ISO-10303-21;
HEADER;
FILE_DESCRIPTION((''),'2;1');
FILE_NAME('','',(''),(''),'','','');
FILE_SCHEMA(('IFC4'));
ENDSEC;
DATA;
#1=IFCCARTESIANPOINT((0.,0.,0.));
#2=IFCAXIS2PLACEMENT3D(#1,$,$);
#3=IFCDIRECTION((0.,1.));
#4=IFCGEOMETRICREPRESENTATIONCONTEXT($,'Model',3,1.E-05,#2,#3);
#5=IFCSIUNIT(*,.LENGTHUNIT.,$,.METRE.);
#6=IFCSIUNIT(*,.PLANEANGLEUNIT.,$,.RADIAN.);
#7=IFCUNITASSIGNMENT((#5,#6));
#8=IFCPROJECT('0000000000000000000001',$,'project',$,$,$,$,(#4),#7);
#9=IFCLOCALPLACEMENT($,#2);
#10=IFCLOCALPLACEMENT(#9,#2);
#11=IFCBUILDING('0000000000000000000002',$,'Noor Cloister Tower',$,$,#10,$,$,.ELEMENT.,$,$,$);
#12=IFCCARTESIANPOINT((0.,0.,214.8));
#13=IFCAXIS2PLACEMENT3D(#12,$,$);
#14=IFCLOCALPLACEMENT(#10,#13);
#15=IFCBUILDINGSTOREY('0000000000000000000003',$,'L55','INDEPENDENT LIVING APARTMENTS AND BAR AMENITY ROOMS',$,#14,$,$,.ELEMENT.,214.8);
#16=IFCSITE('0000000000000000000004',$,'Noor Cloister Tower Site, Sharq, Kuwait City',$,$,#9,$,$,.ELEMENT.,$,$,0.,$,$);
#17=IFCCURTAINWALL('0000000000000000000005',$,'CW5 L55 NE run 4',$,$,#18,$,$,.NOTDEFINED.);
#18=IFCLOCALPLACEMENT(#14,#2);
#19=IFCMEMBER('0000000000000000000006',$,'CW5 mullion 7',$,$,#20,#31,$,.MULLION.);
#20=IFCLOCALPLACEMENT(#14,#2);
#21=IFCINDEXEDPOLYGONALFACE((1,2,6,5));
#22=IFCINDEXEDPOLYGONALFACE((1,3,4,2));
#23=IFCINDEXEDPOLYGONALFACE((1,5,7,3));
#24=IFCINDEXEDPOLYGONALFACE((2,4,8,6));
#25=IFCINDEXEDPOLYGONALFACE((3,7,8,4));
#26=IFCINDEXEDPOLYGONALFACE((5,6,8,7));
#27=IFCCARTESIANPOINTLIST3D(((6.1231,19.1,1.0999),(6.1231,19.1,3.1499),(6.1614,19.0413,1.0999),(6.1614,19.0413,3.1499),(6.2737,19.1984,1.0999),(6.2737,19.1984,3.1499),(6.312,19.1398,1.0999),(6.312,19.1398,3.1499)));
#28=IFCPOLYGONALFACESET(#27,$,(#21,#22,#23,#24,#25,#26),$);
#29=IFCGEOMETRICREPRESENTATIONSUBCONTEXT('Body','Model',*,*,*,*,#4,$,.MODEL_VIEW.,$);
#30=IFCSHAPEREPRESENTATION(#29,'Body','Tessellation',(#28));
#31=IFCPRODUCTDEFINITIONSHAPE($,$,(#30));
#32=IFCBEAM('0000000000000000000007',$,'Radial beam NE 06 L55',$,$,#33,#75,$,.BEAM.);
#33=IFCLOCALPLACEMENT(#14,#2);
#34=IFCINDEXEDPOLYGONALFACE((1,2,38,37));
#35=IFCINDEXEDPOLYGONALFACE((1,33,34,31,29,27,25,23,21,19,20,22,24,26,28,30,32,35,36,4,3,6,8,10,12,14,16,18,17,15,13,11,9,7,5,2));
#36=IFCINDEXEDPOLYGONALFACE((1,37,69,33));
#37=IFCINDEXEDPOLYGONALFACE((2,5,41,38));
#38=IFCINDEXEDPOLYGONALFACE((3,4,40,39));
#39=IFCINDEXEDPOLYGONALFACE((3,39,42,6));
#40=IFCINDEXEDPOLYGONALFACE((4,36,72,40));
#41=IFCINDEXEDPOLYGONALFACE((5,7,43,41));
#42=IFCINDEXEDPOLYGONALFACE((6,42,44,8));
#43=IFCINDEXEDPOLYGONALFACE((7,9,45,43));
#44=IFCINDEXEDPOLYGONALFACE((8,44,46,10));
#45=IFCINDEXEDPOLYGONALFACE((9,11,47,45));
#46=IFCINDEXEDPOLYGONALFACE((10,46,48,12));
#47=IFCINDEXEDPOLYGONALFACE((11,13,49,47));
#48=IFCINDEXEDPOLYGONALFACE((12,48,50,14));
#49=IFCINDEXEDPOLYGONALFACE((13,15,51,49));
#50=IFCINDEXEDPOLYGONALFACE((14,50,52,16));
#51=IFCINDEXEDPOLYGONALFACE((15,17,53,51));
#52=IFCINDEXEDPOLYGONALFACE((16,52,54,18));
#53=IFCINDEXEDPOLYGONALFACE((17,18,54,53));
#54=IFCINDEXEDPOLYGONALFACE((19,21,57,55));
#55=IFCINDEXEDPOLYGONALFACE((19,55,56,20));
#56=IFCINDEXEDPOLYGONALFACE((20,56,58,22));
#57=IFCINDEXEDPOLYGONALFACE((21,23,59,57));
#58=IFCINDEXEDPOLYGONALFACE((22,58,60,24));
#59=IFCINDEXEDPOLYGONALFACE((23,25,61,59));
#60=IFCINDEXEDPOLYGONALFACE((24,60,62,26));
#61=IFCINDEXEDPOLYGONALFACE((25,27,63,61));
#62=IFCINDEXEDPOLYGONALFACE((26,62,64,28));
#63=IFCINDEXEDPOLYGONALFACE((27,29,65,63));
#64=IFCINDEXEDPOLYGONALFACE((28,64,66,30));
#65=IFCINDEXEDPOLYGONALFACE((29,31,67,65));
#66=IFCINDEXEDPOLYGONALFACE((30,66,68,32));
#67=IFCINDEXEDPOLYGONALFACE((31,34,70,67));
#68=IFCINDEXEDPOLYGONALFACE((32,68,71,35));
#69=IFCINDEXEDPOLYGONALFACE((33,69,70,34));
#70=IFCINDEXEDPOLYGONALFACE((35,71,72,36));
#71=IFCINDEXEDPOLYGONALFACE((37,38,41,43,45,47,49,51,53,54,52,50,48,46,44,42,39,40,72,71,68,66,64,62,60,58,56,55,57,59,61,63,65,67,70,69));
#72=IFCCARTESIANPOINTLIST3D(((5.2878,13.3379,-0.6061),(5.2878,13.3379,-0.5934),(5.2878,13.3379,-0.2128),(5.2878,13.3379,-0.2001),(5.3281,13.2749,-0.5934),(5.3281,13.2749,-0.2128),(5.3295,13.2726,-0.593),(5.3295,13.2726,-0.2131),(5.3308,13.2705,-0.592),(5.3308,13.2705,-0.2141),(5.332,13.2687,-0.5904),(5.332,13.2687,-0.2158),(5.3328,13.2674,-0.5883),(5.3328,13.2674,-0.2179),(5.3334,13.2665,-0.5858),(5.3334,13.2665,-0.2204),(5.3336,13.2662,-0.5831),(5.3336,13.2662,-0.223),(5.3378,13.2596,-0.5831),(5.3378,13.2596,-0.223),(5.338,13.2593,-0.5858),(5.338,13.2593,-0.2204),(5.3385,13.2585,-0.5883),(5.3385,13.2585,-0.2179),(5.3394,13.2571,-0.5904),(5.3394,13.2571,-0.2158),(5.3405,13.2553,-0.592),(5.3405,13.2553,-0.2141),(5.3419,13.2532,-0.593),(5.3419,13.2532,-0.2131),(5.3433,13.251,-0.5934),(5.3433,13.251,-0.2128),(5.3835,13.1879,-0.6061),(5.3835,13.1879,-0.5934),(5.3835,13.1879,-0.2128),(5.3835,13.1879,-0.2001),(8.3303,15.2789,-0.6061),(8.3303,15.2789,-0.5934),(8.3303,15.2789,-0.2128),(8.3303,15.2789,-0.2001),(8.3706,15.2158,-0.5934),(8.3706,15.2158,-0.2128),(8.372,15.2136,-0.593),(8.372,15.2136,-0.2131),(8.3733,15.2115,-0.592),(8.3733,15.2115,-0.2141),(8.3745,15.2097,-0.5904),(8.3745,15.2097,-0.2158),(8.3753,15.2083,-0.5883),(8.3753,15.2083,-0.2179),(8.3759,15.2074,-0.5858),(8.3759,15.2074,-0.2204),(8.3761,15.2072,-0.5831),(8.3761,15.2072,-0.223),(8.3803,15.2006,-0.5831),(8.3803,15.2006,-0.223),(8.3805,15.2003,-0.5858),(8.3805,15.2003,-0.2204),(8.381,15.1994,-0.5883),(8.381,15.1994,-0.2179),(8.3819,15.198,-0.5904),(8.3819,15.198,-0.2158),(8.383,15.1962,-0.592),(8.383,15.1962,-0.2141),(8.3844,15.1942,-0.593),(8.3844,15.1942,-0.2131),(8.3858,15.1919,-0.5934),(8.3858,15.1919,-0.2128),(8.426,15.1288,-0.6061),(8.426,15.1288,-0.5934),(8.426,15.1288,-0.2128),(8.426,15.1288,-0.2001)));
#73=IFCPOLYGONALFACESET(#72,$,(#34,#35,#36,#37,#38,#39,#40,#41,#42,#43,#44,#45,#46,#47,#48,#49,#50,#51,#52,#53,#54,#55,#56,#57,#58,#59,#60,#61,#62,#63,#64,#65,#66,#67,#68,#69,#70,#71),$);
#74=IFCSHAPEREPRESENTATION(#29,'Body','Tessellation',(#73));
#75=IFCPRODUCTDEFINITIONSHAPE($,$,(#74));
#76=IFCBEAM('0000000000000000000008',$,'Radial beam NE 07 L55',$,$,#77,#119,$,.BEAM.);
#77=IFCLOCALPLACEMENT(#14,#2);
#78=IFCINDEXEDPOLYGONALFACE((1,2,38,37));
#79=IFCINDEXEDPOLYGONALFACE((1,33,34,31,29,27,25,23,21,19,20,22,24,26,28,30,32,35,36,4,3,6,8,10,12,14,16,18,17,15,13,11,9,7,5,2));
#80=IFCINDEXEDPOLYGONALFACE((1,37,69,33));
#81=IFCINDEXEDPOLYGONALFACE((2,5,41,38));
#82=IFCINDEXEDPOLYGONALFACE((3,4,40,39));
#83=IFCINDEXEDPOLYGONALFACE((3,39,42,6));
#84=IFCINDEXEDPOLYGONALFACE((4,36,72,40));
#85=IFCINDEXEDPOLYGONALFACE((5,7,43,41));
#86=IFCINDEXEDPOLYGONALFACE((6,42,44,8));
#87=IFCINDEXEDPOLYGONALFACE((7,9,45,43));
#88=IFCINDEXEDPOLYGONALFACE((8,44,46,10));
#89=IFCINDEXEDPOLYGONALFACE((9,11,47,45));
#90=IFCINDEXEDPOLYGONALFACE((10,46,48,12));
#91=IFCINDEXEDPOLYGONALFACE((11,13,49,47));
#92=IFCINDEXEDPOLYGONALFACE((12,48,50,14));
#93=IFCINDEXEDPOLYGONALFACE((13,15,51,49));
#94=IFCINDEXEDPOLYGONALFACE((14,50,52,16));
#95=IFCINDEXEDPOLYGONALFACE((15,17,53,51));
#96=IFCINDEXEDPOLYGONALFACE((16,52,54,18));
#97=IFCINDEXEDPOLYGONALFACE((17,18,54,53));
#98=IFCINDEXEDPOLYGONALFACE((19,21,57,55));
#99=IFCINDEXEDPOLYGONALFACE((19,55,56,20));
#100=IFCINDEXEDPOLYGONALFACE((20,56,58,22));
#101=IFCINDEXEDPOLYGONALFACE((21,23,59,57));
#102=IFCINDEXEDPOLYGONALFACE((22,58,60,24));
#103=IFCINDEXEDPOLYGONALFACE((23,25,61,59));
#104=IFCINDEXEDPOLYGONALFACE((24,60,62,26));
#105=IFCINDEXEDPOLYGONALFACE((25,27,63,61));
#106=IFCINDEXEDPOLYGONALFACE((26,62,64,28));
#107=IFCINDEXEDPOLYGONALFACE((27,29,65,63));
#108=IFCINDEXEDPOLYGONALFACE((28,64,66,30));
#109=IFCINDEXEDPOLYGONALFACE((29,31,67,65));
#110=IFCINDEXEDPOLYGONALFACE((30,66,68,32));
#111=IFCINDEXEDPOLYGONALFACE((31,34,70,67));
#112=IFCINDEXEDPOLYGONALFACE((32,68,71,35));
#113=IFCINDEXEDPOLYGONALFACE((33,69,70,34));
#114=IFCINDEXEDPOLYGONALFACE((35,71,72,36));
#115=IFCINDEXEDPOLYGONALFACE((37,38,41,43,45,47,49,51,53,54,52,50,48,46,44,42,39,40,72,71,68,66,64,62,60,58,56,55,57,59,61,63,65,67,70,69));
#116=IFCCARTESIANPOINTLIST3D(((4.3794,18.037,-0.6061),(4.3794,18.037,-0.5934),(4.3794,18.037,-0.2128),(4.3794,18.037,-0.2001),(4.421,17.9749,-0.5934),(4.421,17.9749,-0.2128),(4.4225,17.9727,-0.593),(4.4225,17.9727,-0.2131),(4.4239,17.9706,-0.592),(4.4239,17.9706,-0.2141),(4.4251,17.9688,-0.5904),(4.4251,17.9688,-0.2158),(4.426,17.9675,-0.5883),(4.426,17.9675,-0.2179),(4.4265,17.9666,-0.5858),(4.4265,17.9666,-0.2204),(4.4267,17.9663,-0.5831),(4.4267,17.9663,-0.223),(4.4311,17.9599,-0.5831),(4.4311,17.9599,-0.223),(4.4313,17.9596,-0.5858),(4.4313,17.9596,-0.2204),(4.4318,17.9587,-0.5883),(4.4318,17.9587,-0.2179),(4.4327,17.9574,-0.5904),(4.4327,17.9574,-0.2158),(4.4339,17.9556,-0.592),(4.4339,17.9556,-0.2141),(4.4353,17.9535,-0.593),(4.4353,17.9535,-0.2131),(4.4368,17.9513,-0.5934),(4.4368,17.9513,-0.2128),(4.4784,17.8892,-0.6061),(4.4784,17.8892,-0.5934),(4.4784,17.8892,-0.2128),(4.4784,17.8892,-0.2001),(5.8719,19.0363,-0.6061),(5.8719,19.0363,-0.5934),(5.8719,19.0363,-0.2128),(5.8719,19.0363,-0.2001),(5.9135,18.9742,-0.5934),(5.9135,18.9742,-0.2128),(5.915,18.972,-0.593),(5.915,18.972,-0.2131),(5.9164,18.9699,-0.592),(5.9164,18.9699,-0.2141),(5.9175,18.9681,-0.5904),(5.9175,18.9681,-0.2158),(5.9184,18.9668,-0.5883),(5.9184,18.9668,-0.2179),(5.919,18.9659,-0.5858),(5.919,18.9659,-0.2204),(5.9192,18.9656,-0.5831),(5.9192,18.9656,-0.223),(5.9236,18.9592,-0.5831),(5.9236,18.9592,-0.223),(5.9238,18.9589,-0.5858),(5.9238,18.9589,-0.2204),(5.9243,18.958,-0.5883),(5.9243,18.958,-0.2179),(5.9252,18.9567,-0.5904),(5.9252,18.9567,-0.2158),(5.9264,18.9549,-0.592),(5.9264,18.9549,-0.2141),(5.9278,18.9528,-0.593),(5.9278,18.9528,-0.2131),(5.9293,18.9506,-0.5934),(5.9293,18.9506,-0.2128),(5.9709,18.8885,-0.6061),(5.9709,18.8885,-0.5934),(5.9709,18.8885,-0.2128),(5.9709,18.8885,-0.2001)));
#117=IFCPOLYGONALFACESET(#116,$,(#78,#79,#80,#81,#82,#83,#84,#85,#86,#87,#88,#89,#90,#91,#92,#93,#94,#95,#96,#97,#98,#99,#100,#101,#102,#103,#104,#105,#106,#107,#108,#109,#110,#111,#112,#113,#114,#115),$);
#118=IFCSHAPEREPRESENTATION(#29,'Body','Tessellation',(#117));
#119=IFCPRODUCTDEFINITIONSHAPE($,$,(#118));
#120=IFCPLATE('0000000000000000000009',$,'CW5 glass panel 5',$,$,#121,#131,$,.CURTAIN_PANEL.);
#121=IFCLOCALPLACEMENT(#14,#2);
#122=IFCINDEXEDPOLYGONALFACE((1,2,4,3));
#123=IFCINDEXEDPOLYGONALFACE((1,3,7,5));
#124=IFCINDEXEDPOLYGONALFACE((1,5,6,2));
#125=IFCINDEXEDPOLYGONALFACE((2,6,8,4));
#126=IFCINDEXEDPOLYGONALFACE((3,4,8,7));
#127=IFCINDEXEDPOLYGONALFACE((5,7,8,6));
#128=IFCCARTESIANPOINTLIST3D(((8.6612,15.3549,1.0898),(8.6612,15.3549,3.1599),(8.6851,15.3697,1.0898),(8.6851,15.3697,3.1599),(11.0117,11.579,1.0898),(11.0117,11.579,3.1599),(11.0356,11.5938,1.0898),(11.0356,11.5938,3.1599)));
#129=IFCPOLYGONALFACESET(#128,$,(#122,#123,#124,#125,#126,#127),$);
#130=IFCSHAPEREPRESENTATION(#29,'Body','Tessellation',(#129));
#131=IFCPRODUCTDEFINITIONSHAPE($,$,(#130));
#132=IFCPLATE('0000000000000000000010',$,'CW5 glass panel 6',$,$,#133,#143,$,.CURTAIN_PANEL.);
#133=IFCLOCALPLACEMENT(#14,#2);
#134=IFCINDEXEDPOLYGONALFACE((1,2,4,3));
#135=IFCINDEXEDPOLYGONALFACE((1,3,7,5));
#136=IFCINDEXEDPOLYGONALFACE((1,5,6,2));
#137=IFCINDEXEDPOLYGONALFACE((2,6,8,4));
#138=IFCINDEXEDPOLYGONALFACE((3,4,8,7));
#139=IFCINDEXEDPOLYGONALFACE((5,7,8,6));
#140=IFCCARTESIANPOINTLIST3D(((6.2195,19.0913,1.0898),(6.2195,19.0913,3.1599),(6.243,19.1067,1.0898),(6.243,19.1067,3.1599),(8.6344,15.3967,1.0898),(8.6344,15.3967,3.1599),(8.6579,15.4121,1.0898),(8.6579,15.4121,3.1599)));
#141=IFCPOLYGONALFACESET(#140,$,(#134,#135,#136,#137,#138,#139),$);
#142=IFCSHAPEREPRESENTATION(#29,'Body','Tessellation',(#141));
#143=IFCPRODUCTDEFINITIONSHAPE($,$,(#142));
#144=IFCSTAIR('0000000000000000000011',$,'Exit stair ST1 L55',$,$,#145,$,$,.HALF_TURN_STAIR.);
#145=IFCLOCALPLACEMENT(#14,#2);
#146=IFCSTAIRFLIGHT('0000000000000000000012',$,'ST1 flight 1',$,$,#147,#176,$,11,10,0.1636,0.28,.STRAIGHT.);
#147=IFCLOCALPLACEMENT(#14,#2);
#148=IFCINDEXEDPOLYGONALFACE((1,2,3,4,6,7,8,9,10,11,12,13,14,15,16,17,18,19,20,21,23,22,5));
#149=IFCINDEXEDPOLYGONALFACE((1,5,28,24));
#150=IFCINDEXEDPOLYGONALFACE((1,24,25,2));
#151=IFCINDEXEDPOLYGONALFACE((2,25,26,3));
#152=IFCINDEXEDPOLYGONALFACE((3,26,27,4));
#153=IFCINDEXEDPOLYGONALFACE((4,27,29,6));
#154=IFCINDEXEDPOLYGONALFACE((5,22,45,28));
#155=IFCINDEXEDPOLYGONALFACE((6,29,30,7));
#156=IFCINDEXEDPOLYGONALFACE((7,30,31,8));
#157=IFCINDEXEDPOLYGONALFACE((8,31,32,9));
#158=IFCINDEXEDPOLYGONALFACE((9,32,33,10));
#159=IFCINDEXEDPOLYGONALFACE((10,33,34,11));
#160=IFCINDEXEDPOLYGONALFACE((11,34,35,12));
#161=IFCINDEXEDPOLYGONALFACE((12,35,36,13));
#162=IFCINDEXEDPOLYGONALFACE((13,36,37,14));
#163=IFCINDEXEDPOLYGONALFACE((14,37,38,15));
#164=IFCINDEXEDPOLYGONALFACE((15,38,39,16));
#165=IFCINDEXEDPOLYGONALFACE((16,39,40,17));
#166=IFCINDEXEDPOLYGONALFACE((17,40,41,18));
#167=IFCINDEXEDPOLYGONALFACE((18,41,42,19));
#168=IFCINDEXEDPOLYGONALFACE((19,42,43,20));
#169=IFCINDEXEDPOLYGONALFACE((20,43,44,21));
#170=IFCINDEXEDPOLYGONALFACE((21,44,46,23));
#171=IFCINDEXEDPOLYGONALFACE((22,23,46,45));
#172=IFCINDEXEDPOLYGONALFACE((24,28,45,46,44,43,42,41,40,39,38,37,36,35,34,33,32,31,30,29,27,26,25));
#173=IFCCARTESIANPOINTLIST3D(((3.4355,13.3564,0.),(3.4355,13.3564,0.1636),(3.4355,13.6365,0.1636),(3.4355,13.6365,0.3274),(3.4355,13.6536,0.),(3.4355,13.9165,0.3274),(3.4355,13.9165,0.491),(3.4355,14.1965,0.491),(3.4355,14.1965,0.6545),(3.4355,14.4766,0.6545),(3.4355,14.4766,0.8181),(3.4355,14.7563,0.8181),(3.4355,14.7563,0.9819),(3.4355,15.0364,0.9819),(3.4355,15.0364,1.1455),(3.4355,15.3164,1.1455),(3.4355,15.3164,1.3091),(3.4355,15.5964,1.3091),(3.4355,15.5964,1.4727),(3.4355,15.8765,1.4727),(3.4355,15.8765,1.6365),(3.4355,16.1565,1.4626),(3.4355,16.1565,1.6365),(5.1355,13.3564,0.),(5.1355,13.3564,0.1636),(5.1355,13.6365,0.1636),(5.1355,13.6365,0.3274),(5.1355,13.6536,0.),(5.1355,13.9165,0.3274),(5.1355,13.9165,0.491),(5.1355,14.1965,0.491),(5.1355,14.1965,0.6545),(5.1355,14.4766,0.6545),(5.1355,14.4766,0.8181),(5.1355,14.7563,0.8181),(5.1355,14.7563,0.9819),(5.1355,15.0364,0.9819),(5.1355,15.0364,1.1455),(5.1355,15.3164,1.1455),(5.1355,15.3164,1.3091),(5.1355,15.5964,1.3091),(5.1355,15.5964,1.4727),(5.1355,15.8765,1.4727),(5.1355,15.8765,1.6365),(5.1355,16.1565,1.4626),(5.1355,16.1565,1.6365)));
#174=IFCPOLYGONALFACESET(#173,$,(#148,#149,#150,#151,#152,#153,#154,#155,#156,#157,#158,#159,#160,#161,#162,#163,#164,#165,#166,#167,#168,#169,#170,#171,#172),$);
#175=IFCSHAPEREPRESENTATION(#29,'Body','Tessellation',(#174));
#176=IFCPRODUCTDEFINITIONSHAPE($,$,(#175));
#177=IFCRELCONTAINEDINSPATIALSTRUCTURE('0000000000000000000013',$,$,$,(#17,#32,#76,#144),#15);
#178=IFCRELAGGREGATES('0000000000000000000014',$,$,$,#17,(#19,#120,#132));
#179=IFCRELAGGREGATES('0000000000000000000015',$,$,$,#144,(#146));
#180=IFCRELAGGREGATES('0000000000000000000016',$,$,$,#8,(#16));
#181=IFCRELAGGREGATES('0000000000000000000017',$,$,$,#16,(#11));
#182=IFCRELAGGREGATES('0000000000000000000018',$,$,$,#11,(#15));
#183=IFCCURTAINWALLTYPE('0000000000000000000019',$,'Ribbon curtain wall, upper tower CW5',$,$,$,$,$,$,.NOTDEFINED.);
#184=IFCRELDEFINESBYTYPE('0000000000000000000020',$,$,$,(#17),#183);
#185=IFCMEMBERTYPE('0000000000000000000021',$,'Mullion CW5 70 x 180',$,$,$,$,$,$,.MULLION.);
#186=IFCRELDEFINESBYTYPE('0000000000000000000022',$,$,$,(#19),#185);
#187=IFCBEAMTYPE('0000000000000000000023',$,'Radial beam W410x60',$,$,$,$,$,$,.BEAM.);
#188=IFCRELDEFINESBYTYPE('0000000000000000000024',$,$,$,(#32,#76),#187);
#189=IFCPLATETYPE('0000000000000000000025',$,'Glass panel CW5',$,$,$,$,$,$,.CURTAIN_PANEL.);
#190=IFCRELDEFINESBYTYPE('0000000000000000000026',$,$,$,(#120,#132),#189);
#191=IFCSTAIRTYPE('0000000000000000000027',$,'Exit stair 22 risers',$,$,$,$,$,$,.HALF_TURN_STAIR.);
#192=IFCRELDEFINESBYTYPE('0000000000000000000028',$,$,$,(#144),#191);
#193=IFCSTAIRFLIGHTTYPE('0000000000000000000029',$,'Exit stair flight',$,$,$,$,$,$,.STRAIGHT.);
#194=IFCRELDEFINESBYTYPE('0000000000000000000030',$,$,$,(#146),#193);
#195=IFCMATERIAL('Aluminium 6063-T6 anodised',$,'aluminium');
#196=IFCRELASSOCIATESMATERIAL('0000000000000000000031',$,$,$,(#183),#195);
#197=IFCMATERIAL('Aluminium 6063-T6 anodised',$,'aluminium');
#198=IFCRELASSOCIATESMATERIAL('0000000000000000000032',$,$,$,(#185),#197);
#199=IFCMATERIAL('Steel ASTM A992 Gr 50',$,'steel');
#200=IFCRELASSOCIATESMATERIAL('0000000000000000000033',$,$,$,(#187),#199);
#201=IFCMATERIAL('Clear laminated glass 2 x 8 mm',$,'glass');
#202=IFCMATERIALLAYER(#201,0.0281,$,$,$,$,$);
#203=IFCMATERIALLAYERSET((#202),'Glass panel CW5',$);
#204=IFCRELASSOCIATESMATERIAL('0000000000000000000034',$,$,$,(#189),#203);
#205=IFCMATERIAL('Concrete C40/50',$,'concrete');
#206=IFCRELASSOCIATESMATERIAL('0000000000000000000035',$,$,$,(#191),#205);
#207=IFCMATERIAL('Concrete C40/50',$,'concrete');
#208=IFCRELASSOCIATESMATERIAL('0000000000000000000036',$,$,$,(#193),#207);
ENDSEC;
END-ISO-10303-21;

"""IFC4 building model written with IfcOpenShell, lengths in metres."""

from ifc_helpers import new_model, si_unit, direction, frame, origin, origin_2d, place, context, subcontext, project, spatial, polyline, rectangle, i_section, outline, extrude, material, layer, layer_set, material_profile, profile_set, type_object, element, aggregate, save


model = new_model("IFC4")

# Units and contexts
model_context = context("Model", 3, precision=1e-05, world=origin(), true_north=direction((0.0, 1.0)))
body_context = subcontext(model_context, "Body", "Model", "MODEL_VIEW")
ifc_project = project(units=[si_unit("LENGTHUNIT", "METRE"), si_unit("PLANEANGLEUNIT", "RADIAN")], contexts=[model_context])

# Site, building, storey
site_placement = place(None, origin())
site = spatial("IfcSite", under=ifc_project, at=site_placement, Name="Noor Cloister Tower Site, Sharq, Kuwait City", CompositionType="ELEMENT", RefElevation=0.0)
building_placement = place(site_placement, origin())
building = spatial("IfcBuilding", under=site, at=building_placement, Name="Noor Cloister Tower", CompositionType="ELEMENT")
storey_placement = place(building_placement, frame((0.0, 0.0, 214.8)))
storey = spatial("IfcBuildingStorey", under=building, at=storey_placement, Name="L55", Description="INDEPENDENT LIVING APARTMENTS AND BAR AMENITY ROOMS", CompositionType="ELEMENT", Elevation=214.8)

# Curtain wall, member
ifc_material_1 = material(Name="Aluminium 6063-T6 anodised", Category="aluminium")
curtain_wall_type = type_object("IfcCurtainWallType", Name="Ribbon curtain wall, upper tower CW5", PredefinedType="NOTDEFINED", material=ifc_material_1)
curtain_wall_placement = place(storey_placement, origin())
curtain_wall = element("IfcCurtainWall", 1, at=curtain_wall_placement, inside=storey, type_object=curtain_wall_type, Name="CW5 L55 NE run 4", PredefinedType="NOTDEFINED")
ifc_material_2 = material(Name="Aluminium 6063-T6 anodised", Category="aluminium")
ifc_material_profile_1 = material_profile(ifc_material_2, rectangle(XDim=0.1799, YDim=0.0701, at=origin_2d()), Name="180 x 70 mullion")
ifc_profile_set_1 = profile_set([ifc_material_profile_1], Name="Aluminium 6063-T6 anodised")
member_type = type_object("IfcMemberType", Name="Mullion CW5 70 x 180", PredefinedType="MULLION", material=ifc_profile_set_1)
member_1_placement = place(storey_placement, frame((6.2175, 19.1199, 1.0999), z_axis=(0.0, 0.0, 1.0), x_axis=(-0.837047, -0.547131, 0.0)))
member_1 = element("IfcMember", 2, at=member_1_placement, type_object=member_type, Name="CW5 mullion 7", PredefinedType="MULLION", context=body_context, shape_type="SweptSolid", body=[
    extrude(rectangle(XDim=0.1799, YDim=0.0701, at=origin_2d()), origin(), (0.0, 0.0, 1.0), 2.05),
])

# Beams
ifc_material_3 = material(Name="Steel ASTM A992 Gr 50", Category="steel")
ifc_material_profile_2 = material_profile(ifc_material_3, i_section(OverallWidth=0.178, OverallDepth=0.406, WebThickness=0.0078, FlangeThickness=0.0127, FilletRadius=0.0103, at=origin_2d()), Name="W410x60")
ifc_profile_set_2 = profile_set([ifc_material_profile_2], Name="Steel ASTM A992 Gr 50")
beam_type_1 = type_object("IfcBeamType", Name="Radial beam W410x60", PredefinedType="BEAM", material=ifc_profile_set_2)
beam_1_placement = place(storey_placement, frame((8.3782, 15.2039, -0.4031), z_axis=(-0.843059, -0.537821, 0.0), x_axis=(0.537821, -0.843059, 0.0)))
element("IfcBeam", 3, at=beam_1_placement, inside=storey, type_object=beam_type_1, Name="Radial beam NE 06 L55", PredefinedType="BEAM", context=body_context, shape_type="SweptSolid", body=[
    extrude(i_section(OverallWidth=0.178, OverallDepth=0.406, WebThickness=0.0078, FlangeThickness=0.0127, FilletRadius=0.0103, at=origin_2d()), origin(), (0.0, 0.0, 1.0), 3.6089),
])
beam_2_placement = place(storey_placement, frame((5.9214, 18.9624, -0.4031), z_axis=(-0.83094, -0.556362, 0.0), x_axis=(0.556362, -0.83094, 0.0)))
element("IfcBeam", 4, at=beam_2_placement, inside=storey, type_object=beam_type_1, Name="Radial beam NE 07 L55", PredefinedType="BEAM", context=body_context, shape_type="SweptSolid", body=[
    extrude(i_section(OverallWidth=0.178, OverallDepth=0.406, WebThickness=0.0078, FlangeThickness=0.0127, FilletRadius=0.0103, at=origin_2d()), origin(), (0.0, 0.0, 1.0), 1.7961),
])

# Plates
ifc_material_4 = material(Name="Clear laminated glass 2 x 8 mm", Category="glass")
ifc_layer = layer(ifc_material_4, 0.0281)
ifc_layer_set = layer_set([ifc_layer], Name="Glass panel CW5")
plate_type = type_object("IfcPlateType", Name="Glass panel CW5", PredefinedType="CURTAIN_PANEL", material=ifc_layer_set)
plate_1_placement = place(storey_placement, frame((9.8484, 13.4744, 1.0898), z_axis=(0.0, 0.0, 1.0), x_axis=(-0.528471, 0.848951, 0.0)))
plate_1 = element("IfcPlate", 5, at=plate_1_placement, type_object=plate_type, Name="CW5 glass panel 5", PredefinedType="CURTAIN_PANEL", context=body_context, shape_type="SweptSolid", body=[
    extrude(rectangle(XDim=4.4478, YDim=0.0281, at=origin_2d()), origin(), (0.0, 0.0, 1.0), 2.0701),
])
plate_2_placement = place(storey_placement, frame((7.4387, 17.2517, 1.0898), z_axis=(0.0, 0.0, 1.0), x_axis=(-0.547131, 0.837047, 0.0)))
plate_2 = element("IfcPlate", 6, at=plate_2_placement, type_object=plate_type, Name="CW5 glass panel 6", PredefinedType="CURTAIN_PANEL", context=body_context, shape_type="SweptSolid", body=[
    extrude(rectangle(XDim=4.4138, YDim=0.0281, at=origin_2d()), origin(), (0.0, 0.0, 1.0), 2.0701),
])
aggregate(curtain_wall, [member_1, plate_1, plate_2])

# Stair, stair flight
ifc_material_5 = material(Name="Concrete C40/50", Category="concrete")
stair_type = type_object("IfcStairType", Name="Exit stair 22 risers", PredefinedType="HALF_TURN_STAIR", material=ifc_material_5)
stair_placement = place(storey_placement, origin())
stair = element("IfcStair", 7, at=stair_placement, inside=storey, type_object=stair_type, Name="Exit stair ST1 L55", PredefinedType="HALF_TURN_STAIR")
ifc_material_6 = material(Name="Concrete C40/50", Category="concrete")
stair_flight_type = type_object("IfcStairFlightType", Name="Exit stair flight", PredefinedType="STRAIGHT", material=ifc_material_6)
stair_flight_1_placement = place(storey_placement, frame((4.2856, 13.3564, 0.0), z_axis=(0.0, 0.0, 1.0), x_axis=(0.0, 1.0, 0.0)))
stair_flight_1 = element("IfcStairFlight", 8, at=stair_flight_1_placement, type_object=stair_flight_type, Name="ST1 flight 1", NumberOfRisers=11, NumberOfTreads=10, PredefinedType="STRAIGHT", RiserHeight=0.1636, TreadLength=0.28, context=body_context, shape_type="SweptSolid", body=[
    extrude(outline(polyline([(0.0, 0.0), (0.0, 0.1636), (0.28, 0.1636), (0.28, 0.3274), (0.5601, 0.3274), (0.5601, 0.491), (0.8401, 0.491), (0.8401, 0.6545), (1.1201, 0.6545), (1.1201, 0.8181), (1.3999, 0.8181), (1.3999, 0.9819), (1.6799, 0.9819), (1.6799, 1.1455), (1.96, 1.1455), (1.96, 1.3091), (2.24, 1.3091), (2.24, 1.4727), (2.52, 1.4727), (2.52, 1.6365), (2.8, 1.6365), (2.8, 1.8), (2.8, 1.4626), (0.2971, 0.0), (0.0, 0.0)])), frame((0.0, 0.8501, 0.0), z_axis=(0.0, -1.0, 0.0), x_axis=(1.0, 0.0, 0.0)), (0.0, 0.0, 1.0), 1.7),
])
aggregate(stair, [stair_flight_1])

save(model, "model.ifc")
